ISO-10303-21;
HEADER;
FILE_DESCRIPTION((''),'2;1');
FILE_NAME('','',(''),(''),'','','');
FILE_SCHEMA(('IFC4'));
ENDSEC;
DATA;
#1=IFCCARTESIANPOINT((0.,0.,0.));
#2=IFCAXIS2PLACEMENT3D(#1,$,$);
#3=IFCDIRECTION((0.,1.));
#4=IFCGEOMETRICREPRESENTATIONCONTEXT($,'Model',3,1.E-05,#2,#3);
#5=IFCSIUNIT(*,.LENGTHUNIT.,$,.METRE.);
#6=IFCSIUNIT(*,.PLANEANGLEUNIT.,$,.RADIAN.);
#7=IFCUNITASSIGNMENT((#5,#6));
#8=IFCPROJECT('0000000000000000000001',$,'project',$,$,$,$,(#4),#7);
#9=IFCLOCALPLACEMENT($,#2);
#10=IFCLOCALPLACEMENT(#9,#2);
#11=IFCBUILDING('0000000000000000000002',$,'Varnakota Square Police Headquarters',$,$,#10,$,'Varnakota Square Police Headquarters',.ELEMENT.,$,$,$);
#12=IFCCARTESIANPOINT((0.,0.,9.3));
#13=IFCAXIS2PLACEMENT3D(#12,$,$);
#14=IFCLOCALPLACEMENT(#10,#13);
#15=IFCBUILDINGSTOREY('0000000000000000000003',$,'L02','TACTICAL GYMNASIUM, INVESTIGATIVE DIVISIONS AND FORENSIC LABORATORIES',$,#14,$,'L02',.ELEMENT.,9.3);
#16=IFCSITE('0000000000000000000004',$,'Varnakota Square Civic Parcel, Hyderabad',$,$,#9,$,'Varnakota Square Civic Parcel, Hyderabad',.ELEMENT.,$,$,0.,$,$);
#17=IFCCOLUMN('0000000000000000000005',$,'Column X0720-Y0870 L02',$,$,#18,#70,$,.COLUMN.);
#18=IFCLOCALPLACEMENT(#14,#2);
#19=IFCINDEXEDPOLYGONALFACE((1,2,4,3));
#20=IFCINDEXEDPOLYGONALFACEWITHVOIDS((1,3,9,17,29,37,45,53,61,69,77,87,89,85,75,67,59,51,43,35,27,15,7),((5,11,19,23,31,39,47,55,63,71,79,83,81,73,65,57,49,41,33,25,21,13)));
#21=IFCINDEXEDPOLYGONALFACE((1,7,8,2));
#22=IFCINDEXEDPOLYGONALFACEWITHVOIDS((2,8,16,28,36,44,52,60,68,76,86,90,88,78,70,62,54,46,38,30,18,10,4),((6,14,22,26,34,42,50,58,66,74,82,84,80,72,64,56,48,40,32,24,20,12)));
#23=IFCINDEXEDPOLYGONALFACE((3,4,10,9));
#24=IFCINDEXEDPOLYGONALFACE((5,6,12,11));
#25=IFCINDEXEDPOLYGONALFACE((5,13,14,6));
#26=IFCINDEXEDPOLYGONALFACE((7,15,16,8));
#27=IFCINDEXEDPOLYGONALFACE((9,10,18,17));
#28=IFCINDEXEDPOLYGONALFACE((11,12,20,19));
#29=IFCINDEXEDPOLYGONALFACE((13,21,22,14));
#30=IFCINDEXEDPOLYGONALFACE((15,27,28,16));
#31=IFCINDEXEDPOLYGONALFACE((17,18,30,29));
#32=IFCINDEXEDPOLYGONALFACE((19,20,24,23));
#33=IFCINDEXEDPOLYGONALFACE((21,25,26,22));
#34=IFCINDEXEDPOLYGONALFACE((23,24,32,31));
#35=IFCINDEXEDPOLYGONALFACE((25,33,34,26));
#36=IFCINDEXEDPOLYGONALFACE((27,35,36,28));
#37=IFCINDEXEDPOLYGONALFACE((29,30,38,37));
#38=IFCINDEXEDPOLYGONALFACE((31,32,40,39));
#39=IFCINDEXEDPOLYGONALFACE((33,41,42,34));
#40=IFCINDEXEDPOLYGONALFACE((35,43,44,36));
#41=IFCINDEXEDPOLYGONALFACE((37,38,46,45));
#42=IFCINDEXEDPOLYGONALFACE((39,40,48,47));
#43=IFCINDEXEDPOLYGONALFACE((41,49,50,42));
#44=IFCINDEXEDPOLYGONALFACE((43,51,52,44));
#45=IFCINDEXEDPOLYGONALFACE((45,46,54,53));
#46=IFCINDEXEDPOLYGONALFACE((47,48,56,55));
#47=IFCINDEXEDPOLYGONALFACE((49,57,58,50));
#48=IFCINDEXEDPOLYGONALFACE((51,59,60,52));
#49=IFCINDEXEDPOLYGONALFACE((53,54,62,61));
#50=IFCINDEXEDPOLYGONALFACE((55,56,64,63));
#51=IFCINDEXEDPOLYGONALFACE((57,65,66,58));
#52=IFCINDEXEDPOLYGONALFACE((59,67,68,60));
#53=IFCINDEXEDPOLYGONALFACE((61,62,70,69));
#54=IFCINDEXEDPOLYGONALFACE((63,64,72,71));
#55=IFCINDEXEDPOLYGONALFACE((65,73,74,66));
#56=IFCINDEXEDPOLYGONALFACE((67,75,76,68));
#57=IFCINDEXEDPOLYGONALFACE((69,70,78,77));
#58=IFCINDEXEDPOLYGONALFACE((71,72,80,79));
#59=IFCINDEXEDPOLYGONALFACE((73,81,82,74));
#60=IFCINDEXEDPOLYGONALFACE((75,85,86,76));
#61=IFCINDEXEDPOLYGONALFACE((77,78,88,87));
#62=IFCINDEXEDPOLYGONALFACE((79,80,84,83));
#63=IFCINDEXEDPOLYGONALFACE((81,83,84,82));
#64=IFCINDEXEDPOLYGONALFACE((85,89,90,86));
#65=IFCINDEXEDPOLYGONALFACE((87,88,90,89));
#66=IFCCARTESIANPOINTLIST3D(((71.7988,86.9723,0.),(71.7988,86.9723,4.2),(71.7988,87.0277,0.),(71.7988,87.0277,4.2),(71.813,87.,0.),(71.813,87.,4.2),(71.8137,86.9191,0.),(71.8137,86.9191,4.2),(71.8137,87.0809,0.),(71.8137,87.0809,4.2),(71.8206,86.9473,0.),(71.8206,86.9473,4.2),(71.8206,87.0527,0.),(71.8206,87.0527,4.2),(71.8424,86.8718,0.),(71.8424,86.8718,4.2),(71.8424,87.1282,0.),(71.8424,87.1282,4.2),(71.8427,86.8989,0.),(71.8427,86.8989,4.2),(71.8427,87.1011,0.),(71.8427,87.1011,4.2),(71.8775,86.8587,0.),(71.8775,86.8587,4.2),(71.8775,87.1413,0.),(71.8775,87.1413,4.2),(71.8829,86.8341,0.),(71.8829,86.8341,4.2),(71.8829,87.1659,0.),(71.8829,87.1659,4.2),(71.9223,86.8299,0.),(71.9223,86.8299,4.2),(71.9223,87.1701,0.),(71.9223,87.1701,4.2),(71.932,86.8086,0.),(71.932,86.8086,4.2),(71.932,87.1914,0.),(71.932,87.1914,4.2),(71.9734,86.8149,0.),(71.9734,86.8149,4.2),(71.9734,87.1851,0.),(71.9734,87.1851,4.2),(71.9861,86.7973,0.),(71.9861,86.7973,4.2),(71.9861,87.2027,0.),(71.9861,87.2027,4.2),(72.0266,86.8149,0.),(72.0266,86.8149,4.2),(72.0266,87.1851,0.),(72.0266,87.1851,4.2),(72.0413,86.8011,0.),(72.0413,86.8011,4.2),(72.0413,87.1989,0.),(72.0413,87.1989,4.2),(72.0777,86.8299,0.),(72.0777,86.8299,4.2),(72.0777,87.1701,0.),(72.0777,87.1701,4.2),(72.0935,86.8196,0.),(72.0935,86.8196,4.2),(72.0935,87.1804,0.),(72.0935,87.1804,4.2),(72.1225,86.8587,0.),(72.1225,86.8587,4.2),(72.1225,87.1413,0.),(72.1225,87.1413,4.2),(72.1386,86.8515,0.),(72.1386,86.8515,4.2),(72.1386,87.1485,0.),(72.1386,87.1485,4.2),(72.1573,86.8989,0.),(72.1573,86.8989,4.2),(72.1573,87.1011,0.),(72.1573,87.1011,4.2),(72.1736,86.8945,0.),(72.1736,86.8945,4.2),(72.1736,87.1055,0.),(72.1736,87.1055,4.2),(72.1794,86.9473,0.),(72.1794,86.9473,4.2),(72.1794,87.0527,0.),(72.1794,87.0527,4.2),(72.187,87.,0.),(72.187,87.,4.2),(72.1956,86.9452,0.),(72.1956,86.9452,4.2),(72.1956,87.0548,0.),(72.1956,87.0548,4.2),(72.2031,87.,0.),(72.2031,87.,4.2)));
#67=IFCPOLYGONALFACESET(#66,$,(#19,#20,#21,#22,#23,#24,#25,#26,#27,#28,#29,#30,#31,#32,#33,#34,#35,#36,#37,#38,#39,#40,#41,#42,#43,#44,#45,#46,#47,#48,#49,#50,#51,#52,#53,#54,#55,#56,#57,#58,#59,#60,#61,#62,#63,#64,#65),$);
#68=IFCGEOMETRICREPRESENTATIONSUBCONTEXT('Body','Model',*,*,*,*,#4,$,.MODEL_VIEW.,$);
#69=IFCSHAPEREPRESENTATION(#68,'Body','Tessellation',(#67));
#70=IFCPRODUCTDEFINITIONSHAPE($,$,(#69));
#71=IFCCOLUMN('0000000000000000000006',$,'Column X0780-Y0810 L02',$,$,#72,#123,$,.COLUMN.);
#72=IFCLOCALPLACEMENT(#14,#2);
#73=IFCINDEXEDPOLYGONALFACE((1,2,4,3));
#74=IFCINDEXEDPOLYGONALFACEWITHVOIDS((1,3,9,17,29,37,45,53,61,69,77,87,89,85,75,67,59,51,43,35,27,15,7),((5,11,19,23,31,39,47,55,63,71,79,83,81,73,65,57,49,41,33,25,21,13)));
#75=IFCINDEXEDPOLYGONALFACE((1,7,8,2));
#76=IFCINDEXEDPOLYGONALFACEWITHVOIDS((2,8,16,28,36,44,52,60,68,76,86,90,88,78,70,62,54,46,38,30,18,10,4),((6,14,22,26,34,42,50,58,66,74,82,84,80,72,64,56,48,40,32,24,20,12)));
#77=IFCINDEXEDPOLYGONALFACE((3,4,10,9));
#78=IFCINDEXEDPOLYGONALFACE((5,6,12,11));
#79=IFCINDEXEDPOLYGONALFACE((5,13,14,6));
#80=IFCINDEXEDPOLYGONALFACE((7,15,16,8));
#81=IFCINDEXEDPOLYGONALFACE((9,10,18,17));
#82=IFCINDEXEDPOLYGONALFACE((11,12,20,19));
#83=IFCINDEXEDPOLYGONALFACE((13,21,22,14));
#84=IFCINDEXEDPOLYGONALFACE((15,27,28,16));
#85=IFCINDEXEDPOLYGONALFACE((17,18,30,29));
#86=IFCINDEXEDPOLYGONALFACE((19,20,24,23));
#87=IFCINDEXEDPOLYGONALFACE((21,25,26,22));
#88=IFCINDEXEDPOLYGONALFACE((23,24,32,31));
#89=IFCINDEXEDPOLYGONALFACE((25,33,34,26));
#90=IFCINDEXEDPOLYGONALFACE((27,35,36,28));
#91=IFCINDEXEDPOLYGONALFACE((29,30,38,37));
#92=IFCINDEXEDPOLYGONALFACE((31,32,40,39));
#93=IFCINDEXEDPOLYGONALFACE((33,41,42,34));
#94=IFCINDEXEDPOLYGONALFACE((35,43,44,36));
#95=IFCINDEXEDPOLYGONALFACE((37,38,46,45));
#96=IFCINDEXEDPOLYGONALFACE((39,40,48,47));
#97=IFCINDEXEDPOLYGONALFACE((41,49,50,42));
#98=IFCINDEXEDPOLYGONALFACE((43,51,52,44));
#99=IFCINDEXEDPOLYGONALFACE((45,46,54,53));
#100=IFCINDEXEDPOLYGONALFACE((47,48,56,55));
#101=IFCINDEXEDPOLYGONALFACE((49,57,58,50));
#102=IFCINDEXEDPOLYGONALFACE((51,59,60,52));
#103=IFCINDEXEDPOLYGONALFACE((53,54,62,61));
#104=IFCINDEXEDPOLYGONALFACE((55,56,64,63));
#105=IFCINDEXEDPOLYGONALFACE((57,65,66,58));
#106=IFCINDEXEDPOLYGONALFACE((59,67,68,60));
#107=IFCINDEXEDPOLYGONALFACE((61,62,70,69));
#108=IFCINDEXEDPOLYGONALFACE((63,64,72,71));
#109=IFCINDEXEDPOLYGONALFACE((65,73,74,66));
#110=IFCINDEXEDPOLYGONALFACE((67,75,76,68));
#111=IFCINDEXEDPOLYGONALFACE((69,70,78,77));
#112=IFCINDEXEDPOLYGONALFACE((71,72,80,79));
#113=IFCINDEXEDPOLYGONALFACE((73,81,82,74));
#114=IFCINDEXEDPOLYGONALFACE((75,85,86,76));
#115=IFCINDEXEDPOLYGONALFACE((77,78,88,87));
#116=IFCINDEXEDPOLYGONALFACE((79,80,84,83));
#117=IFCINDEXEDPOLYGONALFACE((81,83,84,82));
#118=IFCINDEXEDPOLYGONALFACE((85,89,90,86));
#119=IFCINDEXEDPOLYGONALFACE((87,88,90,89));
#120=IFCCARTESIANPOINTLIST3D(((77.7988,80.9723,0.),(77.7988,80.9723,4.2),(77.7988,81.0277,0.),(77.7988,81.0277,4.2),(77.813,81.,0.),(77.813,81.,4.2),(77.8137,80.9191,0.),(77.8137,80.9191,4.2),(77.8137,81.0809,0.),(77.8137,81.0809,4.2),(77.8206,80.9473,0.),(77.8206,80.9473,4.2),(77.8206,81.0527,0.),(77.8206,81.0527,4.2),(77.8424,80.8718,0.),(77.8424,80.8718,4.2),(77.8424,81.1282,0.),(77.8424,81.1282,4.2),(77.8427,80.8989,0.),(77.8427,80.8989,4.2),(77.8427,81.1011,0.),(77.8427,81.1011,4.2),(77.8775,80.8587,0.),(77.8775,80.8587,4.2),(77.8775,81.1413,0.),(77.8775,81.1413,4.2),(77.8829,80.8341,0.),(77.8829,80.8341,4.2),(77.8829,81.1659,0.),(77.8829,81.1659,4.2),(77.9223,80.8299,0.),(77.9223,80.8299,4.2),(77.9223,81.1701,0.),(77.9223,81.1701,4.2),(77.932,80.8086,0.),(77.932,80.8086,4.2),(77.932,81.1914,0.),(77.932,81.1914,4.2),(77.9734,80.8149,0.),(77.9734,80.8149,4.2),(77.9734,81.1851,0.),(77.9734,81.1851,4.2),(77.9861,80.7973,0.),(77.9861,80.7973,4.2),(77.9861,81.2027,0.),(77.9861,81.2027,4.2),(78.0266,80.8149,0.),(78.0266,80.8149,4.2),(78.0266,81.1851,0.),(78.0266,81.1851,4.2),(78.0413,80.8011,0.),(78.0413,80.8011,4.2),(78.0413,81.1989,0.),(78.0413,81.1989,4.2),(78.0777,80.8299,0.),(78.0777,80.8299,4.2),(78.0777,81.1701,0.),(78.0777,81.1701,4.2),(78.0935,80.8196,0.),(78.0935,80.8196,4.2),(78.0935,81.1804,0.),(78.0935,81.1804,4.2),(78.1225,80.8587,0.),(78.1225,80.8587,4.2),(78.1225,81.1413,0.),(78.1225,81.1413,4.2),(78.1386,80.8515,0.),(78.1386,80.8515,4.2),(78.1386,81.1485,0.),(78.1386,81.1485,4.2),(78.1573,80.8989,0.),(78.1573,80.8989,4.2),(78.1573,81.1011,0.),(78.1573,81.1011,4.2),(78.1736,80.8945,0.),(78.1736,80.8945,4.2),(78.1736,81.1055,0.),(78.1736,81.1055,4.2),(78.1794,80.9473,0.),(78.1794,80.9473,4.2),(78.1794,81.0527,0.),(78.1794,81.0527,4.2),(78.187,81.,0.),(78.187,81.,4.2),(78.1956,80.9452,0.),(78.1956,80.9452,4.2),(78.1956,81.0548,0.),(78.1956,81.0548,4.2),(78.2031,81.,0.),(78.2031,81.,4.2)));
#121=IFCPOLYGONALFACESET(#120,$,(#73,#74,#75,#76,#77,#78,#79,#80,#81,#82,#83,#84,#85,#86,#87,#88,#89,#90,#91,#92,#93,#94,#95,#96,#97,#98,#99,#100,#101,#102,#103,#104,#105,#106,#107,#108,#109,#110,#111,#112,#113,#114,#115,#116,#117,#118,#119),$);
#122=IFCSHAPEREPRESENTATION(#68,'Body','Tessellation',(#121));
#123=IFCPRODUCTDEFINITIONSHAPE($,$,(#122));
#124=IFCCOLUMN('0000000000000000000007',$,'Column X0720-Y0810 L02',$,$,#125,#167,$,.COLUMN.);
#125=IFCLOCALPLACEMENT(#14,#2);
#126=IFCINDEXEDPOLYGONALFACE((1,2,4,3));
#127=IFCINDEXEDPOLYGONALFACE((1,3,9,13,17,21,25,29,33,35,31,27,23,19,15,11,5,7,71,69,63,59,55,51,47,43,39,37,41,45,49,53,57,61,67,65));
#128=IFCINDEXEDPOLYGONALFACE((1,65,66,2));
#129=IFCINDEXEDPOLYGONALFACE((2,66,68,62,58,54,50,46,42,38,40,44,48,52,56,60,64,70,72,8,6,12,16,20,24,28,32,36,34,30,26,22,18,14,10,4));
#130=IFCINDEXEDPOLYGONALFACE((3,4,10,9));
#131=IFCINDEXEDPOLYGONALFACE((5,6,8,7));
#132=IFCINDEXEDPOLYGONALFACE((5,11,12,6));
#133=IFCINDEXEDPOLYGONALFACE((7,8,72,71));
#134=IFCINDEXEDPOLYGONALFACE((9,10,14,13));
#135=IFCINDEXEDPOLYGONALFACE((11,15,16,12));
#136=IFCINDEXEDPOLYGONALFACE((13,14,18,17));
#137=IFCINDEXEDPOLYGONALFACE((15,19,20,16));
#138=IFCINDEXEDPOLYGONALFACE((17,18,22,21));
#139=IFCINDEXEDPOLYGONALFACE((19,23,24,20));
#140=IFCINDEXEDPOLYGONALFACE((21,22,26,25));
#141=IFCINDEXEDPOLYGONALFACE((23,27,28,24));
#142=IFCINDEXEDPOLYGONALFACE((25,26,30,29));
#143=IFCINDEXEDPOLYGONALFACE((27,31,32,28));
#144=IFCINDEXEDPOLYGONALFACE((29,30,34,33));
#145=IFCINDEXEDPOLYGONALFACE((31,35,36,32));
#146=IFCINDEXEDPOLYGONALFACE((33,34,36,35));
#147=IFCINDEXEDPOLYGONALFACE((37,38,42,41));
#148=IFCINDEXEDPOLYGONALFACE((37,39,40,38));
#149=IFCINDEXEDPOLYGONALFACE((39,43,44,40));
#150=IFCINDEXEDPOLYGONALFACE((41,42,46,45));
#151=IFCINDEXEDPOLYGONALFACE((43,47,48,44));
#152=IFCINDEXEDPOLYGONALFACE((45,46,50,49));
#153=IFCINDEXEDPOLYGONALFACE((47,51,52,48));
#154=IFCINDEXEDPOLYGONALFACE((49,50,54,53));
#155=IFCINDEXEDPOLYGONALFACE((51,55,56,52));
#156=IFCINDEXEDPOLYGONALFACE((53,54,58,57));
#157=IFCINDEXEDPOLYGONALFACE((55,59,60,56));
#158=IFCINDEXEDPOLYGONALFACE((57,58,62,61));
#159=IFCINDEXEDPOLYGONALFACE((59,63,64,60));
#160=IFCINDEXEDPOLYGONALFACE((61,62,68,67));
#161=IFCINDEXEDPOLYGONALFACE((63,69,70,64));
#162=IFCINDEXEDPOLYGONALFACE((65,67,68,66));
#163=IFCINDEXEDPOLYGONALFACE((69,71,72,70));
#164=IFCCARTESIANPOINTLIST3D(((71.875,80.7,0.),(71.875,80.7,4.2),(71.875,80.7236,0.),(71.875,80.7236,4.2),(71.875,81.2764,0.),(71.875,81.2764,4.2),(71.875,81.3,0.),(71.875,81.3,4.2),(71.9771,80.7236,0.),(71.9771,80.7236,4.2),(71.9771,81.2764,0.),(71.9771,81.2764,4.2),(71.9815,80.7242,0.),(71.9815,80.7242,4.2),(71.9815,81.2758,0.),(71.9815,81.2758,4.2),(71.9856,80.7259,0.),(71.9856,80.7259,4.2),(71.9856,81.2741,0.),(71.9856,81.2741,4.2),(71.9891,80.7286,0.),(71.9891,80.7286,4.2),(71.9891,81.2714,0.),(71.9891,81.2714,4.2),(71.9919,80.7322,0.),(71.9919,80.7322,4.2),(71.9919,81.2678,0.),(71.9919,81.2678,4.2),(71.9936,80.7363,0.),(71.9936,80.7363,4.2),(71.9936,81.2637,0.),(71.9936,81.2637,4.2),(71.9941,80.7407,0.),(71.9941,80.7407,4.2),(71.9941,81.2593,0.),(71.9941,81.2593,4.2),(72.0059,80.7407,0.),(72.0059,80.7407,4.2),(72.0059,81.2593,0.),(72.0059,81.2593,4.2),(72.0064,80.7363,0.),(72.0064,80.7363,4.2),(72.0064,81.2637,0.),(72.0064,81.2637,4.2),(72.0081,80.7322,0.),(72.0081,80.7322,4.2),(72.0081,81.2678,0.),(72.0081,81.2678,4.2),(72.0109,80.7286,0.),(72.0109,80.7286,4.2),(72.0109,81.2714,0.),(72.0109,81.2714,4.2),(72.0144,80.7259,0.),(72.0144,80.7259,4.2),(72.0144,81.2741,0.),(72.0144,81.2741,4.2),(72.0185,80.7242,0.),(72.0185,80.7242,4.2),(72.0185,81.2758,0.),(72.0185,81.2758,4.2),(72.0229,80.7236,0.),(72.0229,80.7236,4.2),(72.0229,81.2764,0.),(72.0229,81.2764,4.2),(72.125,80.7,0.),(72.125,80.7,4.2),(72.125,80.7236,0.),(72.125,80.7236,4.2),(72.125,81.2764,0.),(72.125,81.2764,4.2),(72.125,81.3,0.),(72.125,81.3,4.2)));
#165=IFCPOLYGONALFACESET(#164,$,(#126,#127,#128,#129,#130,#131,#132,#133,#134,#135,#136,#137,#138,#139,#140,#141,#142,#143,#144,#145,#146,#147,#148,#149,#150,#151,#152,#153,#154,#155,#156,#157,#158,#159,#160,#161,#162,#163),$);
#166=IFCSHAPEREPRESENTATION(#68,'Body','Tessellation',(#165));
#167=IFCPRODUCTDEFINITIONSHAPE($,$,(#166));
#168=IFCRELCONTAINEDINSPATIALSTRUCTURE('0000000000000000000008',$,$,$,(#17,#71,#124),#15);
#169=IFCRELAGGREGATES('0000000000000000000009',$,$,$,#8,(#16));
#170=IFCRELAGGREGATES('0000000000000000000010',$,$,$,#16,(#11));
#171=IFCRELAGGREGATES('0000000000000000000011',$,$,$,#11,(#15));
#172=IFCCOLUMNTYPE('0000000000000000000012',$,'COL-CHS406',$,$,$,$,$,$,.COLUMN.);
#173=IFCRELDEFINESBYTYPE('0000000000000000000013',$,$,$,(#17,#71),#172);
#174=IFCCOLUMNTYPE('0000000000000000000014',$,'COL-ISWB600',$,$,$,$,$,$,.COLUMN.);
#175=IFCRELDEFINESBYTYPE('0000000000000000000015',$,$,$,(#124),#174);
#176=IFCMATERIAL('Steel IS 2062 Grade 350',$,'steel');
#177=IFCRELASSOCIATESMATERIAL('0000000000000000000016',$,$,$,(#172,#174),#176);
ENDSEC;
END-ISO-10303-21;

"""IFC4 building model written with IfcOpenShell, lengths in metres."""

from ifc_helpers import new_model, si_unit, direction, frame, origin, origin_2d, place, context, subcontext, project, spatial, hollow_circle, i_section, extrude, material, material_profile, profile_set, type_object, element, save


model = new_model("IFC4")

# Units and contexts
model_context = context("Model", 3, precision=1e-05, world=origin(), true_north=direction((0.0, 1.0)))
body_context = subcontext(model_context, "Body", "Model", "MODEL_VIEW")
ifc_project = project(units=[si_unit("LENGTHUNIT", "METRE"), si_unit("PLANEANGLEUNIT", "RADIAN")], contexts=[model_context])

# Site, building, storey
site_placement = place(None, origin())
site = spatial("IfcSite", under=ifc_project, at=site_placement, Name="Varnakota Square Civic Parcel, Hyderabad", LongName="Varnakota Square Civic Parcel, Hyderabad", CompositionType="ELEMENT", RefElevation=0.0)
building_placement = place(site_placement, origin())
building = spatial("IfcBuilding", under=site, at=building_placement, Name="Varnakota Square Police Headquarters", LongName="Varnakota Square Police Headquarters", CompositionType="ELEMENT")
storey_placement = place(building_placement, frame((0.0, 0.0, 9.3)))
storey = spatial("IfcBuildingStorey", under=building, at=storey_placement, Name="L02", Description="TACTICAL GYMNASIUM, INVESTIGATIVE DIVISIONS AND FORENSIC LABORATORIES", LongName="L02", CompositionType="ELEMENT", Elevation=9.3)

# Columns
ifc_material_1 = material(Name="Steel IS 2062 Grade 350", Category="steel")
ifc_material_profile_1 = material_profile(ifc_material_1, hollow_circle(Radius=0.2031, WallThickness=0.0161, at=origin_2d()), Name="CHS 406.4x16.0")
ifc_profile_set_1 = profile_set([ifc_material_profile_1], Name="Steel IS 2062 Grade 350")
column_type_1 = type_object("IfcColumnType", Name="COL-CHS406", PredefinedType="COLUMN", material=ifc_profile_set_1)
for number, where, z_axis, x_axis, name in (
    (1, (72.0, 87.0, 0.0), (0.0, 0.0, 1.0), (1.0, 0.0, 0.0), "Column X0720-Y0870 L02"),
    (2, (78.0, 81.0, 0.0), (0.0, 0.0, 1.0), (1.0, 0.0, 0.0), "Column X0780-Y0810 L02"),
):
    element("IfcColumn", number, at=place(storey_placement, frame(where, z_axis=z_axis, x_axis=x_axis)), inside=storey, type_object=column_type_1, Name=name, PredefinedType="COLUMN", context=body_context, shape_type="SweptSolid", body=[
        extrude(hollow_circle(Radius=0.2031, WallThickness=0.0161, at=origin_2d()), origin(), (0.0, 0.0, 1.0), 4.2),
    ])
ifc_material_profile_2 = material_profile(ifc_material_1, i_section(OverallWidth=0.25, OverallDepth=0.6001, WebThickness=0.0117, FlangeThickness=0.0237, FilletRadius=0.0171, at=origin_2d()), Name="ISWB 600")
ifc_profile_set_2 = profile_set([ifc_material_profile_2], Name="Steel IS 2062 Grade 350")
column_type_2 = type_object("IfcColumnType", Name="COL-ISWB600", PredefinedType="COLUMN", material=ifc_profile_set_2)
column_1_placement = place(storey_placement, frame((72.0, 81.0, 0.0), z_axis=(0.0, 0.0, 1.0), x_axis=(1.0, 0.0, 0.0)))
element("IfcColumn", 3, at=column_1_placement, inside=storey, type_object=column_type_2, Name="Column X0720-Y0810 L02", PredefinedType="COLUMN", context=body_context, shape_type="SweptSolid", body=[
    extrude(i_section(OverallWidth=0.25, OverallDepth=0.6001, WebThickness=0.0117, FlangeThickness=0.0237, FilletRadius=0.0171, at=origin_2d()), origin(), (0.0, 0.0, 1.0), 4.2),
])

save(model, "model.ifc")
